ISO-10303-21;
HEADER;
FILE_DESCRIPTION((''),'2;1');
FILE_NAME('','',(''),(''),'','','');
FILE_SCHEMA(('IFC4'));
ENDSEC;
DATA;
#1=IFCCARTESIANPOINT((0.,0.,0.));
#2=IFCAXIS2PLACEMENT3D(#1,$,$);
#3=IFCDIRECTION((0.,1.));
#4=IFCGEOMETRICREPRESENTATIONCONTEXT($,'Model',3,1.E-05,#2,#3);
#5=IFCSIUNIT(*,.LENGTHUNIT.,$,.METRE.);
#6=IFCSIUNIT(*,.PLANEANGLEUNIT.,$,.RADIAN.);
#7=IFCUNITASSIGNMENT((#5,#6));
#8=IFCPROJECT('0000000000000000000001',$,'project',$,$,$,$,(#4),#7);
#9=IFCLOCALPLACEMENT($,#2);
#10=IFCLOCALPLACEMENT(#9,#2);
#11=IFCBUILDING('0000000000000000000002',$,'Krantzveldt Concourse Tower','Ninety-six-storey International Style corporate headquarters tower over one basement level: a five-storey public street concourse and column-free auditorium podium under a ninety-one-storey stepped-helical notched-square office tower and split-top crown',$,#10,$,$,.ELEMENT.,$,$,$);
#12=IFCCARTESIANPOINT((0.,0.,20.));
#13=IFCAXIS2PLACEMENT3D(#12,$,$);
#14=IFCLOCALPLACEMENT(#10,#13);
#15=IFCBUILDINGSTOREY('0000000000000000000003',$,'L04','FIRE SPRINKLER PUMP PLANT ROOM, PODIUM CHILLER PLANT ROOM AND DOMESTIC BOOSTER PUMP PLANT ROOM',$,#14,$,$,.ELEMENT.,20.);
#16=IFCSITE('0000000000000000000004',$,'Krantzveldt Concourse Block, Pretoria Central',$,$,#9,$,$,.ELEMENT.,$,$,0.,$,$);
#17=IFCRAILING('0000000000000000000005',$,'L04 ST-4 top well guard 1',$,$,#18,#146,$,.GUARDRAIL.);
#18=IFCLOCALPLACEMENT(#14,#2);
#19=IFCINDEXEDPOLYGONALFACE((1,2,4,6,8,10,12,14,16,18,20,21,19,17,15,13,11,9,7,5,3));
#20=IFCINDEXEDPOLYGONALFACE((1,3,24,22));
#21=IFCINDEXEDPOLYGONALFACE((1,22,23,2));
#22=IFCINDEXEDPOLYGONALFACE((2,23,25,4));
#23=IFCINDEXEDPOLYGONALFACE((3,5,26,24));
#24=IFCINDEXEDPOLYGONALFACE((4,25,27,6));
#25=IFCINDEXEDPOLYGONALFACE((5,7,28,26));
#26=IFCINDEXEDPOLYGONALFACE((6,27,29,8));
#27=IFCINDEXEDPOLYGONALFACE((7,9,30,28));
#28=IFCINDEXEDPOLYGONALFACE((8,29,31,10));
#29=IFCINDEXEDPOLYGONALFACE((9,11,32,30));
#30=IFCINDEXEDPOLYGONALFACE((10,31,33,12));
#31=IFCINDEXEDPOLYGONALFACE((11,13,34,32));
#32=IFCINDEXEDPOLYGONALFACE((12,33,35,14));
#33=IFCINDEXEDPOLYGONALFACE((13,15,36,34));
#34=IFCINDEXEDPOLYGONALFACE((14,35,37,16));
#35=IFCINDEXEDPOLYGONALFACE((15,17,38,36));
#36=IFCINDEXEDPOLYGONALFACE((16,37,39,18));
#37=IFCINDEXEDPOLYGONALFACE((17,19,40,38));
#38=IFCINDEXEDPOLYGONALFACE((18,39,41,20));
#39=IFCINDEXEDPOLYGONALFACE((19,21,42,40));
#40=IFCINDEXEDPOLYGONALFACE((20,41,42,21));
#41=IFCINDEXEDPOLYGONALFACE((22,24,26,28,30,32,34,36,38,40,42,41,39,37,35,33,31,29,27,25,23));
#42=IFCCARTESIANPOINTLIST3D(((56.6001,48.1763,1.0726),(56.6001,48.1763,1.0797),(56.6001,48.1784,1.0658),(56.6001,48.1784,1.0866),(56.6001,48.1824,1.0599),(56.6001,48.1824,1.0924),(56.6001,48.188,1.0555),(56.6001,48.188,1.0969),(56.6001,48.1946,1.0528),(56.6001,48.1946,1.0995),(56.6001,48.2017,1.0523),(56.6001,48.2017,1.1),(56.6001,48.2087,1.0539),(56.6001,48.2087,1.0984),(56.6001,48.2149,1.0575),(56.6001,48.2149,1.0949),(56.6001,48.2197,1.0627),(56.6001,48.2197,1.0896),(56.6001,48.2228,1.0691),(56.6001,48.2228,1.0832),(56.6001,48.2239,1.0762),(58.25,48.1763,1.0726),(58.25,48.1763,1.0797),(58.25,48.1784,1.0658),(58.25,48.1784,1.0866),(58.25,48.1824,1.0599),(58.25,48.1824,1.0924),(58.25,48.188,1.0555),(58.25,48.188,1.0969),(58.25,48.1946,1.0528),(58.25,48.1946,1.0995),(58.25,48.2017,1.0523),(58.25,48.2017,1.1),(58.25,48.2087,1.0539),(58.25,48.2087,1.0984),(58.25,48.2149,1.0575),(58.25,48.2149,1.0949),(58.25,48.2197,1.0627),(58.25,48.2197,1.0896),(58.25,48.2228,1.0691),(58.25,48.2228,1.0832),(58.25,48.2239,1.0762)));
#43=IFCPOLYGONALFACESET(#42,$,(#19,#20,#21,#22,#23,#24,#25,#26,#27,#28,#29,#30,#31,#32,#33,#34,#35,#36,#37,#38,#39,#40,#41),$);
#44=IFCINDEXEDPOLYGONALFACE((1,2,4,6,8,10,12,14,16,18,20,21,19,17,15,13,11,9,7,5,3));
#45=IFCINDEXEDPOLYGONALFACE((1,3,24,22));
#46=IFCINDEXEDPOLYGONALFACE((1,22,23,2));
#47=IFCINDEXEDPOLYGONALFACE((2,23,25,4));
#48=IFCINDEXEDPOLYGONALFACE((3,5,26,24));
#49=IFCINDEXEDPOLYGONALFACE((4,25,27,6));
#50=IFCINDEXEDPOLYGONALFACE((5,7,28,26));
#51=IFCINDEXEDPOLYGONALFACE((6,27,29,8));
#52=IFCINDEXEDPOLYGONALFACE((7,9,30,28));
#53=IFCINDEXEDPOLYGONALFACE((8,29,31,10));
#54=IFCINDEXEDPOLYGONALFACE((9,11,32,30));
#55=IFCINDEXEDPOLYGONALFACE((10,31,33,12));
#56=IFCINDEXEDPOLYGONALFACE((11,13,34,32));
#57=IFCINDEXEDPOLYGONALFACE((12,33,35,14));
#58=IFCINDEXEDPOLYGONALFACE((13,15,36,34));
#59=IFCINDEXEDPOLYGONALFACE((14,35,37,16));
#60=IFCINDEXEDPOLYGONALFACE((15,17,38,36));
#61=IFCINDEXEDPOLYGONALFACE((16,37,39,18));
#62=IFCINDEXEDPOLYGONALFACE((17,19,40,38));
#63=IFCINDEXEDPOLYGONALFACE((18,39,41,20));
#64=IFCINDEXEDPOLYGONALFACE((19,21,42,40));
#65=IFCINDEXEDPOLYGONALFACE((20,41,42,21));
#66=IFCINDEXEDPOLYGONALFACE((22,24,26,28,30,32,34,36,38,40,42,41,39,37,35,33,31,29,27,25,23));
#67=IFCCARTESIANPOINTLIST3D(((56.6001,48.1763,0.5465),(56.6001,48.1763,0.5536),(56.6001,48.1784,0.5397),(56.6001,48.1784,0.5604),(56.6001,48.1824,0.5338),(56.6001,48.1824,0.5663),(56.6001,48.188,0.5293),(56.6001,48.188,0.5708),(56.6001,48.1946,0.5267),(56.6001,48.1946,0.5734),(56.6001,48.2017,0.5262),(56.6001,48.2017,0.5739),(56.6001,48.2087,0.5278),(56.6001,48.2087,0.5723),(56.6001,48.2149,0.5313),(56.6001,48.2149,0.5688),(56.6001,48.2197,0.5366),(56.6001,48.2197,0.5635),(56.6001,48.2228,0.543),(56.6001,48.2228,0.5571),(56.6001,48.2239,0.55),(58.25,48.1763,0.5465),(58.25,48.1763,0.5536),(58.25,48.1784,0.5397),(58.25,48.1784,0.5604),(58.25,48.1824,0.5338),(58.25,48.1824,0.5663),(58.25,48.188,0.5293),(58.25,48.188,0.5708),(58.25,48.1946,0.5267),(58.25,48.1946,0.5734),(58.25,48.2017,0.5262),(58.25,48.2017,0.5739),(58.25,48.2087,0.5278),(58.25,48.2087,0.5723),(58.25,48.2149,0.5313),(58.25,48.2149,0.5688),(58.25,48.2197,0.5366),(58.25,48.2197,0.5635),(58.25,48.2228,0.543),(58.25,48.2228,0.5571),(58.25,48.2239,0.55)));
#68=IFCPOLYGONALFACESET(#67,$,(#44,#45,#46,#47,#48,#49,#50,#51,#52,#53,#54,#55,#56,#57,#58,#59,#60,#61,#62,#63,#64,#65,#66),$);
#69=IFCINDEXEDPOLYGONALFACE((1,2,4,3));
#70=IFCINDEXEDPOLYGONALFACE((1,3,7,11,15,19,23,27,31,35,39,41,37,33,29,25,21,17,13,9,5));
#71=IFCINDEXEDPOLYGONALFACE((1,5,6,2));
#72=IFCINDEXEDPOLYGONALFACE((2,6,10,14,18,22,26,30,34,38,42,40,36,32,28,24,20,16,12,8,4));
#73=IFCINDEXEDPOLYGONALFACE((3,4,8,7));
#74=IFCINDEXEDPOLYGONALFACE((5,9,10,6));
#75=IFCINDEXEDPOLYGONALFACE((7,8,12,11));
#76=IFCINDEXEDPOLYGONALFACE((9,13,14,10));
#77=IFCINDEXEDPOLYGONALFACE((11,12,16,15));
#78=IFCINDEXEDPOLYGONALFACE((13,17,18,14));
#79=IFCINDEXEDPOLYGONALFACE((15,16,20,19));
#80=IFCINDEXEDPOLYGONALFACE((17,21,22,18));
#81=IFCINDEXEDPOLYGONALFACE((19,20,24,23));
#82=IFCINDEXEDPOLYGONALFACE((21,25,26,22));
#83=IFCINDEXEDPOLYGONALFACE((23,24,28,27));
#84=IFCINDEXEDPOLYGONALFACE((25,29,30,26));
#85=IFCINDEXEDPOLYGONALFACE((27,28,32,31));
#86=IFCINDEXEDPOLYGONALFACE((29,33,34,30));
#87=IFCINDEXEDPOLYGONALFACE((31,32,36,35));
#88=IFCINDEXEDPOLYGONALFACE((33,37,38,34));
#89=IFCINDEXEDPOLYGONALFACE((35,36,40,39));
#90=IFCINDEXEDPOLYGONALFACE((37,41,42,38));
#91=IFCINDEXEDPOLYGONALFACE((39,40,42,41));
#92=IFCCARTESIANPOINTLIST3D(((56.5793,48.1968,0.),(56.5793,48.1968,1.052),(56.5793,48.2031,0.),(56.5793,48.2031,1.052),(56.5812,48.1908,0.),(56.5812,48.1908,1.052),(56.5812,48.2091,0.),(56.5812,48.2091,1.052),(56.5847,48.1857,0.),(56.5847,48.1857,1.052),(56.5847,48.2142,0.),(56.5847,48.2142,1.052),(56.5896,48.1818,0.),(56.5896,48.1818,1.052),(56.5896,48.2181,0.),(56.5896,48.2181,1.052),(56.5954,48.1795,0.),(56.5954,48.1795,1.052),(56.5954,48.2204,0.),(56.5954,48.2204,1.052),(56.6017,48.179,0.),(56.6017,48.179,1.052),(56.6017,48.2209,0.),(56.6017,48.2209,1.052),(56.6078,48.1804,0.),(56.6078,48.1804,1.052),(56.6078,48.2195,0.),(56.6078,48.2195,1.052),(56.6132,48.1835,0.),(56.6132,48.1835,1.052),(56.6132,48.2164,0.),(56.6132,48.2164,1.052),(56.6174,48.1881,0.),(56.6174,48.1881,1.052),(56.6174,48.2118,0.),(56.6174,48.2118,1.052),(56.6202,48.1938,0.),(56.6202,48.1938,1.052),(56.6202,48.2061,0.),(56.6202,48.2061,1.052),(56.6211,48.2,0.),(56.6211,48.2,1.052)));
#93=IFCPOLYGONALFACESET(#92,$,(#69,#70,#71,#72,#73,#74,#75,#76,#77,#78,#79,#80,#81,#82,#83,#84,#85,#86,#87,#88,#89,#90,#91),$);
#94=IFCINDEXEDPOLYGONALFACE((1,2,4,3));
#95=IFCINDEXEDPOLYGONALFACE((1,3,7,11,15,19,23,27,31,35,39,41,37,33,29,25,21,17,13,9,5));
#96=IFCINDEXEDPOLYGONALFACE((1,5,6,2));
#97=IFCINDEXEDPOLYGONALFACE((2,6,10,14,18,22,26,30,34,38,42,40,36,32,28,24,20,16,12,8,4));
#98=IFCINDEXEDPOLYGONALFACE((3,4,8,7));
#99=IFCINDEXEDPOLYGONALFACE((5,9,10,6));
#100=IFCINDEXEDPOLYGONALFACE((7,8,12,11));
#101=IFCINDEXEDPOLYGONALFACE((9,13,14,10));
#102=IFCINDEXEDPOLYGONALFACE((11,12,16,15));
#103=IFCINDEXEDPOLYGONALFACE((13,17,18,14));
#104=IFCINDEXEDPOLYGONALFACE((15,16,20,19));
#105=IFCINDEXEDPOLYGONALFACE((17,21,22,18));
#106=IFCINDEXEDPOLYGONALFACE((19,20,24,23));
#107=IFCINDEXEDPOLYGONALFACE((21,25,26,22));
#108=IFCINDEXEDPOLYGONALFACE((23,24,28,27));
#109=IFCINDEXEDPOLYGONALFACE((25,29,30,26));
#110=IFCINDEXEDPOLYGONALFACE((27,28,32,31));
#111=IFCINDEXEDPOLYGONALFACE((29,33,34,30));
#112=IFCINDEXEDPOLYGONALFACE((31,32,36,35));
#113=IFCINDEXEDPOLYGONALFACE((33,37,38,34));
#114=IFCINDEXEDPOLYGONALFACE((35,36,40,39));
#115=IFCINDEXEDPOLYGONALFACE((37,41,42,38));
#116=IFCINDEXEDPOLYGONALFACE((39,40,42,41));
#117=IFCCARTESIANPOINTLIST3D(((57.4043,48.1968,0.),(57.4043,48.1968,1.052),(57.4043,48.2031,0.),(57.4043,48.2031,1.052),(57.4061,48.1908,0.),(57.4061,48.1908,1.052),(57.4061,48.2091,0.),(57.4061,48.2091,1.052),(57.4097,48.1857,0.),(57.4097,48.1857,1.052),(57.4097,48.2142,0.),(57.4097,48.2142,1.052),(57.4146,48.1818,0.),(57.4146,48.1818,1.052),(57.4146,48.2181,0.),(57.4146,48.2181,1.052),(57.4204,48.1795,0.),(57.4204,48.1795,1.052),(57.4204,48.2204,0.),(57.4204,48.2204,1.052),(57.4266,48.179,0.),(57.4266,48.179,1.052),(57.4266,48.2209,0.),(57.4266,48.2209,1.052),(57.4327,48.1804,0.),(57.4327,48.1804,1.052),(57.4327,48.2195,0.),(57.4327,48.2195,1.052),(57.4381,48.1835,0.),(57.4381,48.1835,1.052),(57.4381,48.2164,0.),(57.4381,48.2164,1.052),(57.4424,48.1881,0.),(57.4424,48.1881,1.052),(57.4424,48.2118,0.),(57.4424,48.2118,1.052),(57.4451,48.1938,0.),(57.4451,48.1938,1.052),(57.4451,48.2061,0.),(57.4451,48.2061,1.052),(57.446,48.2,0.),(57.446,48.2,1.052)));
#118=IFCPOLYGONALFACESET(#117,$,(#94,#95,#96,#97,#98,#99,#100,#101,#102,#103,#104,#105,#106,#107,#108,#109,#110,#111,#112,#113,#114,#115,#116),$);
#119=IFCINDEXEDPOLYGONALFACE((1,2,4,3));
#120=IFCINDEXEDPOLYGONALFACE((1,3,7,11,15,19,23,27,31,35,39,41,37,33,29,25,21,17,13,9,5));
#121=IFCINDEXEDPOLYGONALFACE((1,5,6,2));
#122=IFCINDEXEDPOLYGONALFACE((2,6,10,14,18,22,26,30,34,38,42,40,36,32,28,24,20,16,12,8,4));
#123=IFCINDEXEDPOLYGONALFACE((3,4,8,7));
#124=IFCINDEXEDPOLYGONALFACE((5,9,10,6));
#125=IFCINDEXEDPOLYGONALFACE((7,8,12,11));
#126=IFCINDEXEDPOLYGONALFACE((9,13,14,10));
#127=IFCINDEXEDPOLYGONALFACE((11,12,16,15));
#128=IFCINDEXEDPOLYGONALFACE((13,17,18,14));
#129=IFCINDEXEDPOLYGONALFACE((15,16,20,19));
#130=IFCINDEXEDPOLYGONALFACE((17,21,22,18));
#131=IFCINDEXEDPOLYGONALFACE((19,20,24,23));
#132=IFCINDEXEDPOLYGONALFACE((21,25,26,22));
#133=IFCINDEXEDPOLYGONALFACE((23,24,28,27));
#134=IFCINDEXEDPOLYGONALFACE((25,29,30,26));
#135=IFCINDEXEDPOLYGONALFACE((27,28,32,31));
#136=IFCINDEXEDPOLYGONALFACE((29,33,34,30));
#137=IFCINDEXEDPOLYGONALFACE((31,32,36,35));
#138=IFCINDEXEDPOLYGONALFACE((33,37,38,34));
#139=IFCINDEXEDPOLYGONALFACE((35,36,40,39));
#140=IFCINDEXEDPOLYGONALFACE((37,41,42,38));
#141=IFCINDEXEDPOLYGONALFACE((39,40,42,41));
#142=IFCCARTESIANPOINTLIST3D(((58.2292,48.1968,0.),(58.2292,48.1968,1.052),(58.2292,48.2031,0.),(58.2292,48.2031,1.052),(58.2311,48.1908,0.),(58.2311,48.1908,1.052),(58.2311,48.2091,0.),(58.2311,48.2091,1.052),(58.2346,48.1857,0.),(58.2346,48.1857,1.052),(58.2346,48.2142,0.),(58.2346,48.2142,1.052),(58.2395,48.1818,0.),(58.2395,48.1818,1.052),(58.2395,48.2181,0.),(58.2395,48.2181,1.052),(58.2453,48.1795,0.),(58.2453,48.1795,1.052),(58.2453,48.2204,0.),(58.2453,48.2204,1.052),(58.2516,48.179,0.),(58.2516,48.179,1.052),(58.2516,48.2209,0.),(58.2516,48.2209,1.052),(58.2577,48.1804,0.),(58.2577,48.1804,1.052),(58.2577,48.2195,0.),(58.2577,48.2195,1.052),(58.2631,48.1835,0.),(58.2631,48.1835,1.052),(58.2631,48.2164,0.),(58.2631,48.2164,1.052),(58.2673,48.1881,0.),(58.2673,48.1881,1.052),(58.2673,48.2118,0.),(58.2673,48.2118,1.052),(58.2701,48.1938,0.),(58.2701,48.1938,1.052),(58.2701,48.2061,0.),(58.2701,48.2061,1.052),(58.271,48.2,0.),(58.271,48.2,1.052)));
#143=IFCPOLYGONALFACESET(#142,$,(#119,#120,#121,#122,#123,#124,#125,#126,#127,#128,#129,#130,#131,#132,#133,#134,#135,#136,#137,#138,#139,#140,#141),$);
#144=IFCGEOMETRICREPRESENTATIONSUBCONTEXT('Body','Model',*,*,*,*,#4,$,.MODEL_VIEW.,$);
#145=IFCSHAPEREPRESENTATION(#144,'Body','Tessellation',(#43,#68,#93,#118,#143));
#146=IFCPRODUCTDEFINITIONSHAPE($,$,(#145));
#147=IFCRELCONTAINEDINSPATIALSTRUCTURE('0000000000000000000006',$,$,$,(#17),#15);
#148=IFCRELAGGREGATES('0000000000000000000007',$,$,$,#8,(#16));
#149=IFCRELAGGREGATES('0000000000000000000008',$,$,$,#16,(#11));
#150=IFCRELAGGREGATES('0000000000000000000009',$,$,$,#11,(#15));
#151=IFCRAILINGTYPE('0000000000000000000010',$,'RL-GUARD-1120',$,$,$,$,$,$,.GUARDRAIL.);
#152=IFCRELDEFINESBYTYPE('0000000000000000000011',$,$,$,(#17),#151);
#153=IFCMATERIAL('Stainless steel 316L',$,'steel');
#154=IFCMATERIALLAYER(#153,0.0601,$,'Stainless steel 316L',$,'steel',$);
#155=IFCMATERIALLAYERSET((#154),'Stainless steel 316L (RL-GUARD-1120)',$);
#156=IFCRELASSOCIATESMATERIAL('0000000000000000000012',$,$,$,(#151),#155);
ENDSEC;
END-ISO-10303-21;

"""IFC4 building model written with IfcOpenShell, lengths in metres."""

from ifc_helpers import new_model, si_unit, direction, frame, origin, origin_2d, place, context, subcontext, project, spatial, circle, extrude, material, layer, layer_set, type_object, element, save


model = new_model("IFC4")

# Units and contexts
model_context = context("Model", 3, precision=1e-05, world=origin(), true_north=direction((0.0, 1.0)))
body_context = subcontext(model_context, "Body", "Model", "MODEL_VIEW")
ifc_project = project(units=[si_unit("LENGTHUNIT", "METRE"), si_unit("PLANEANGLEUNIT", "RADIAN")], contexts=[model_context])

# Site, building, storey
site_placement = place(None, origin())
site = spatial("IfcSite", under=ifc_project, at=site_placement, Name="Krantzveldt Concourse Block, Pretoria Central", CompositionType="ELEMENT", RefElevation=0.0)
building_placement = place(site_placement, origin())
building = spatial("IfcBuilding", under=site, at=building_placement, Name="Krantzveldt Concourse Tower", Description="Ninety-six-storey International Style corporate headquarters tower over one basement level: a five-storey public street concourse and column-free auditorium podium under a ninety-one-storey stepped-helical notched-square office tower and split-top crown", CompositionType="ELEMENT")
storey_placement = place(building_placement, frame((0.0, 0.0, 20.0)))
storey = spatial("IfcBuildingStorey", under=building, at=storey_placement, Name="L04", Description="FIRE SPRINKLER PUMP PLANT ROOM, PODIUM CHILLER PLANT ROOM AND DOMESTIC BOOSTER PUMP PLANT ROOM", CompositionType="ELEMENT", Elevation=20.0)

# Railing
ifc_material_1 = material(Name="Stainless steel 316L", Category="steel")
ifc_layer_1 = layer(ifc_material_1, 0.0601, Name="Stainless steel 316L", Category="steel")
ifc_layer_set_1 = layer_set([ifc_layer_1], Name="Stainless steel 316L (RL-GUARD-1120)")
railing_type = type_object("IfcRailingType", Name="RL-GUARD-1120", PredefinedType="GUARDRAIL", material=ifc_layer_set_1)
railing_placement = place(storey_placement, frame((56.6001, 48.2, 0.0)))
element("IfcRailing", 1, at=railing_placement, inside=storey, type_object=railing_type, Name="L04 ST-4 top well guard 1", PredefinedType="GUARDRAIL", context=body_context, shape_type="SweptSolid", body=[
    extrude(circle(Radius=0.0239, at=origin_2d()), frame((0.0, 0.0, 1.0762), z_axis=(1.0, 0.0, 0.0), x_axis=(0.0, 1.0, 0.0)), (0.0, 0.0, 1.0), 1.6499),
    extrude(circle(Radius=0.0239, at=origin_2d()), frame((0.0, 0.0, 0.55), z_axis=(1.0, 0.0, 0.0), x_axis=(0.0, 1.0, 0.0)), (0.0, 0.0, 1.0), 1.6499),
    extrude(circle(Radius=0.021, at=origin_2d()), origin(), (0.0, 0.0, 1.0), 1.052),
    extrude(circle(Radius=0.021, at=origin_2d()), frame((0.825, 0.0, 0.0)), (0.0, 0.0, 1.0), 1.052),
    extrude(circle(Radius=0.021, at=origin_2d()), frame((1.6499, 0.0, 0.0)), (0.0, 0.0, 1.0), 1.052),
])

save(model, "model.ifc")
